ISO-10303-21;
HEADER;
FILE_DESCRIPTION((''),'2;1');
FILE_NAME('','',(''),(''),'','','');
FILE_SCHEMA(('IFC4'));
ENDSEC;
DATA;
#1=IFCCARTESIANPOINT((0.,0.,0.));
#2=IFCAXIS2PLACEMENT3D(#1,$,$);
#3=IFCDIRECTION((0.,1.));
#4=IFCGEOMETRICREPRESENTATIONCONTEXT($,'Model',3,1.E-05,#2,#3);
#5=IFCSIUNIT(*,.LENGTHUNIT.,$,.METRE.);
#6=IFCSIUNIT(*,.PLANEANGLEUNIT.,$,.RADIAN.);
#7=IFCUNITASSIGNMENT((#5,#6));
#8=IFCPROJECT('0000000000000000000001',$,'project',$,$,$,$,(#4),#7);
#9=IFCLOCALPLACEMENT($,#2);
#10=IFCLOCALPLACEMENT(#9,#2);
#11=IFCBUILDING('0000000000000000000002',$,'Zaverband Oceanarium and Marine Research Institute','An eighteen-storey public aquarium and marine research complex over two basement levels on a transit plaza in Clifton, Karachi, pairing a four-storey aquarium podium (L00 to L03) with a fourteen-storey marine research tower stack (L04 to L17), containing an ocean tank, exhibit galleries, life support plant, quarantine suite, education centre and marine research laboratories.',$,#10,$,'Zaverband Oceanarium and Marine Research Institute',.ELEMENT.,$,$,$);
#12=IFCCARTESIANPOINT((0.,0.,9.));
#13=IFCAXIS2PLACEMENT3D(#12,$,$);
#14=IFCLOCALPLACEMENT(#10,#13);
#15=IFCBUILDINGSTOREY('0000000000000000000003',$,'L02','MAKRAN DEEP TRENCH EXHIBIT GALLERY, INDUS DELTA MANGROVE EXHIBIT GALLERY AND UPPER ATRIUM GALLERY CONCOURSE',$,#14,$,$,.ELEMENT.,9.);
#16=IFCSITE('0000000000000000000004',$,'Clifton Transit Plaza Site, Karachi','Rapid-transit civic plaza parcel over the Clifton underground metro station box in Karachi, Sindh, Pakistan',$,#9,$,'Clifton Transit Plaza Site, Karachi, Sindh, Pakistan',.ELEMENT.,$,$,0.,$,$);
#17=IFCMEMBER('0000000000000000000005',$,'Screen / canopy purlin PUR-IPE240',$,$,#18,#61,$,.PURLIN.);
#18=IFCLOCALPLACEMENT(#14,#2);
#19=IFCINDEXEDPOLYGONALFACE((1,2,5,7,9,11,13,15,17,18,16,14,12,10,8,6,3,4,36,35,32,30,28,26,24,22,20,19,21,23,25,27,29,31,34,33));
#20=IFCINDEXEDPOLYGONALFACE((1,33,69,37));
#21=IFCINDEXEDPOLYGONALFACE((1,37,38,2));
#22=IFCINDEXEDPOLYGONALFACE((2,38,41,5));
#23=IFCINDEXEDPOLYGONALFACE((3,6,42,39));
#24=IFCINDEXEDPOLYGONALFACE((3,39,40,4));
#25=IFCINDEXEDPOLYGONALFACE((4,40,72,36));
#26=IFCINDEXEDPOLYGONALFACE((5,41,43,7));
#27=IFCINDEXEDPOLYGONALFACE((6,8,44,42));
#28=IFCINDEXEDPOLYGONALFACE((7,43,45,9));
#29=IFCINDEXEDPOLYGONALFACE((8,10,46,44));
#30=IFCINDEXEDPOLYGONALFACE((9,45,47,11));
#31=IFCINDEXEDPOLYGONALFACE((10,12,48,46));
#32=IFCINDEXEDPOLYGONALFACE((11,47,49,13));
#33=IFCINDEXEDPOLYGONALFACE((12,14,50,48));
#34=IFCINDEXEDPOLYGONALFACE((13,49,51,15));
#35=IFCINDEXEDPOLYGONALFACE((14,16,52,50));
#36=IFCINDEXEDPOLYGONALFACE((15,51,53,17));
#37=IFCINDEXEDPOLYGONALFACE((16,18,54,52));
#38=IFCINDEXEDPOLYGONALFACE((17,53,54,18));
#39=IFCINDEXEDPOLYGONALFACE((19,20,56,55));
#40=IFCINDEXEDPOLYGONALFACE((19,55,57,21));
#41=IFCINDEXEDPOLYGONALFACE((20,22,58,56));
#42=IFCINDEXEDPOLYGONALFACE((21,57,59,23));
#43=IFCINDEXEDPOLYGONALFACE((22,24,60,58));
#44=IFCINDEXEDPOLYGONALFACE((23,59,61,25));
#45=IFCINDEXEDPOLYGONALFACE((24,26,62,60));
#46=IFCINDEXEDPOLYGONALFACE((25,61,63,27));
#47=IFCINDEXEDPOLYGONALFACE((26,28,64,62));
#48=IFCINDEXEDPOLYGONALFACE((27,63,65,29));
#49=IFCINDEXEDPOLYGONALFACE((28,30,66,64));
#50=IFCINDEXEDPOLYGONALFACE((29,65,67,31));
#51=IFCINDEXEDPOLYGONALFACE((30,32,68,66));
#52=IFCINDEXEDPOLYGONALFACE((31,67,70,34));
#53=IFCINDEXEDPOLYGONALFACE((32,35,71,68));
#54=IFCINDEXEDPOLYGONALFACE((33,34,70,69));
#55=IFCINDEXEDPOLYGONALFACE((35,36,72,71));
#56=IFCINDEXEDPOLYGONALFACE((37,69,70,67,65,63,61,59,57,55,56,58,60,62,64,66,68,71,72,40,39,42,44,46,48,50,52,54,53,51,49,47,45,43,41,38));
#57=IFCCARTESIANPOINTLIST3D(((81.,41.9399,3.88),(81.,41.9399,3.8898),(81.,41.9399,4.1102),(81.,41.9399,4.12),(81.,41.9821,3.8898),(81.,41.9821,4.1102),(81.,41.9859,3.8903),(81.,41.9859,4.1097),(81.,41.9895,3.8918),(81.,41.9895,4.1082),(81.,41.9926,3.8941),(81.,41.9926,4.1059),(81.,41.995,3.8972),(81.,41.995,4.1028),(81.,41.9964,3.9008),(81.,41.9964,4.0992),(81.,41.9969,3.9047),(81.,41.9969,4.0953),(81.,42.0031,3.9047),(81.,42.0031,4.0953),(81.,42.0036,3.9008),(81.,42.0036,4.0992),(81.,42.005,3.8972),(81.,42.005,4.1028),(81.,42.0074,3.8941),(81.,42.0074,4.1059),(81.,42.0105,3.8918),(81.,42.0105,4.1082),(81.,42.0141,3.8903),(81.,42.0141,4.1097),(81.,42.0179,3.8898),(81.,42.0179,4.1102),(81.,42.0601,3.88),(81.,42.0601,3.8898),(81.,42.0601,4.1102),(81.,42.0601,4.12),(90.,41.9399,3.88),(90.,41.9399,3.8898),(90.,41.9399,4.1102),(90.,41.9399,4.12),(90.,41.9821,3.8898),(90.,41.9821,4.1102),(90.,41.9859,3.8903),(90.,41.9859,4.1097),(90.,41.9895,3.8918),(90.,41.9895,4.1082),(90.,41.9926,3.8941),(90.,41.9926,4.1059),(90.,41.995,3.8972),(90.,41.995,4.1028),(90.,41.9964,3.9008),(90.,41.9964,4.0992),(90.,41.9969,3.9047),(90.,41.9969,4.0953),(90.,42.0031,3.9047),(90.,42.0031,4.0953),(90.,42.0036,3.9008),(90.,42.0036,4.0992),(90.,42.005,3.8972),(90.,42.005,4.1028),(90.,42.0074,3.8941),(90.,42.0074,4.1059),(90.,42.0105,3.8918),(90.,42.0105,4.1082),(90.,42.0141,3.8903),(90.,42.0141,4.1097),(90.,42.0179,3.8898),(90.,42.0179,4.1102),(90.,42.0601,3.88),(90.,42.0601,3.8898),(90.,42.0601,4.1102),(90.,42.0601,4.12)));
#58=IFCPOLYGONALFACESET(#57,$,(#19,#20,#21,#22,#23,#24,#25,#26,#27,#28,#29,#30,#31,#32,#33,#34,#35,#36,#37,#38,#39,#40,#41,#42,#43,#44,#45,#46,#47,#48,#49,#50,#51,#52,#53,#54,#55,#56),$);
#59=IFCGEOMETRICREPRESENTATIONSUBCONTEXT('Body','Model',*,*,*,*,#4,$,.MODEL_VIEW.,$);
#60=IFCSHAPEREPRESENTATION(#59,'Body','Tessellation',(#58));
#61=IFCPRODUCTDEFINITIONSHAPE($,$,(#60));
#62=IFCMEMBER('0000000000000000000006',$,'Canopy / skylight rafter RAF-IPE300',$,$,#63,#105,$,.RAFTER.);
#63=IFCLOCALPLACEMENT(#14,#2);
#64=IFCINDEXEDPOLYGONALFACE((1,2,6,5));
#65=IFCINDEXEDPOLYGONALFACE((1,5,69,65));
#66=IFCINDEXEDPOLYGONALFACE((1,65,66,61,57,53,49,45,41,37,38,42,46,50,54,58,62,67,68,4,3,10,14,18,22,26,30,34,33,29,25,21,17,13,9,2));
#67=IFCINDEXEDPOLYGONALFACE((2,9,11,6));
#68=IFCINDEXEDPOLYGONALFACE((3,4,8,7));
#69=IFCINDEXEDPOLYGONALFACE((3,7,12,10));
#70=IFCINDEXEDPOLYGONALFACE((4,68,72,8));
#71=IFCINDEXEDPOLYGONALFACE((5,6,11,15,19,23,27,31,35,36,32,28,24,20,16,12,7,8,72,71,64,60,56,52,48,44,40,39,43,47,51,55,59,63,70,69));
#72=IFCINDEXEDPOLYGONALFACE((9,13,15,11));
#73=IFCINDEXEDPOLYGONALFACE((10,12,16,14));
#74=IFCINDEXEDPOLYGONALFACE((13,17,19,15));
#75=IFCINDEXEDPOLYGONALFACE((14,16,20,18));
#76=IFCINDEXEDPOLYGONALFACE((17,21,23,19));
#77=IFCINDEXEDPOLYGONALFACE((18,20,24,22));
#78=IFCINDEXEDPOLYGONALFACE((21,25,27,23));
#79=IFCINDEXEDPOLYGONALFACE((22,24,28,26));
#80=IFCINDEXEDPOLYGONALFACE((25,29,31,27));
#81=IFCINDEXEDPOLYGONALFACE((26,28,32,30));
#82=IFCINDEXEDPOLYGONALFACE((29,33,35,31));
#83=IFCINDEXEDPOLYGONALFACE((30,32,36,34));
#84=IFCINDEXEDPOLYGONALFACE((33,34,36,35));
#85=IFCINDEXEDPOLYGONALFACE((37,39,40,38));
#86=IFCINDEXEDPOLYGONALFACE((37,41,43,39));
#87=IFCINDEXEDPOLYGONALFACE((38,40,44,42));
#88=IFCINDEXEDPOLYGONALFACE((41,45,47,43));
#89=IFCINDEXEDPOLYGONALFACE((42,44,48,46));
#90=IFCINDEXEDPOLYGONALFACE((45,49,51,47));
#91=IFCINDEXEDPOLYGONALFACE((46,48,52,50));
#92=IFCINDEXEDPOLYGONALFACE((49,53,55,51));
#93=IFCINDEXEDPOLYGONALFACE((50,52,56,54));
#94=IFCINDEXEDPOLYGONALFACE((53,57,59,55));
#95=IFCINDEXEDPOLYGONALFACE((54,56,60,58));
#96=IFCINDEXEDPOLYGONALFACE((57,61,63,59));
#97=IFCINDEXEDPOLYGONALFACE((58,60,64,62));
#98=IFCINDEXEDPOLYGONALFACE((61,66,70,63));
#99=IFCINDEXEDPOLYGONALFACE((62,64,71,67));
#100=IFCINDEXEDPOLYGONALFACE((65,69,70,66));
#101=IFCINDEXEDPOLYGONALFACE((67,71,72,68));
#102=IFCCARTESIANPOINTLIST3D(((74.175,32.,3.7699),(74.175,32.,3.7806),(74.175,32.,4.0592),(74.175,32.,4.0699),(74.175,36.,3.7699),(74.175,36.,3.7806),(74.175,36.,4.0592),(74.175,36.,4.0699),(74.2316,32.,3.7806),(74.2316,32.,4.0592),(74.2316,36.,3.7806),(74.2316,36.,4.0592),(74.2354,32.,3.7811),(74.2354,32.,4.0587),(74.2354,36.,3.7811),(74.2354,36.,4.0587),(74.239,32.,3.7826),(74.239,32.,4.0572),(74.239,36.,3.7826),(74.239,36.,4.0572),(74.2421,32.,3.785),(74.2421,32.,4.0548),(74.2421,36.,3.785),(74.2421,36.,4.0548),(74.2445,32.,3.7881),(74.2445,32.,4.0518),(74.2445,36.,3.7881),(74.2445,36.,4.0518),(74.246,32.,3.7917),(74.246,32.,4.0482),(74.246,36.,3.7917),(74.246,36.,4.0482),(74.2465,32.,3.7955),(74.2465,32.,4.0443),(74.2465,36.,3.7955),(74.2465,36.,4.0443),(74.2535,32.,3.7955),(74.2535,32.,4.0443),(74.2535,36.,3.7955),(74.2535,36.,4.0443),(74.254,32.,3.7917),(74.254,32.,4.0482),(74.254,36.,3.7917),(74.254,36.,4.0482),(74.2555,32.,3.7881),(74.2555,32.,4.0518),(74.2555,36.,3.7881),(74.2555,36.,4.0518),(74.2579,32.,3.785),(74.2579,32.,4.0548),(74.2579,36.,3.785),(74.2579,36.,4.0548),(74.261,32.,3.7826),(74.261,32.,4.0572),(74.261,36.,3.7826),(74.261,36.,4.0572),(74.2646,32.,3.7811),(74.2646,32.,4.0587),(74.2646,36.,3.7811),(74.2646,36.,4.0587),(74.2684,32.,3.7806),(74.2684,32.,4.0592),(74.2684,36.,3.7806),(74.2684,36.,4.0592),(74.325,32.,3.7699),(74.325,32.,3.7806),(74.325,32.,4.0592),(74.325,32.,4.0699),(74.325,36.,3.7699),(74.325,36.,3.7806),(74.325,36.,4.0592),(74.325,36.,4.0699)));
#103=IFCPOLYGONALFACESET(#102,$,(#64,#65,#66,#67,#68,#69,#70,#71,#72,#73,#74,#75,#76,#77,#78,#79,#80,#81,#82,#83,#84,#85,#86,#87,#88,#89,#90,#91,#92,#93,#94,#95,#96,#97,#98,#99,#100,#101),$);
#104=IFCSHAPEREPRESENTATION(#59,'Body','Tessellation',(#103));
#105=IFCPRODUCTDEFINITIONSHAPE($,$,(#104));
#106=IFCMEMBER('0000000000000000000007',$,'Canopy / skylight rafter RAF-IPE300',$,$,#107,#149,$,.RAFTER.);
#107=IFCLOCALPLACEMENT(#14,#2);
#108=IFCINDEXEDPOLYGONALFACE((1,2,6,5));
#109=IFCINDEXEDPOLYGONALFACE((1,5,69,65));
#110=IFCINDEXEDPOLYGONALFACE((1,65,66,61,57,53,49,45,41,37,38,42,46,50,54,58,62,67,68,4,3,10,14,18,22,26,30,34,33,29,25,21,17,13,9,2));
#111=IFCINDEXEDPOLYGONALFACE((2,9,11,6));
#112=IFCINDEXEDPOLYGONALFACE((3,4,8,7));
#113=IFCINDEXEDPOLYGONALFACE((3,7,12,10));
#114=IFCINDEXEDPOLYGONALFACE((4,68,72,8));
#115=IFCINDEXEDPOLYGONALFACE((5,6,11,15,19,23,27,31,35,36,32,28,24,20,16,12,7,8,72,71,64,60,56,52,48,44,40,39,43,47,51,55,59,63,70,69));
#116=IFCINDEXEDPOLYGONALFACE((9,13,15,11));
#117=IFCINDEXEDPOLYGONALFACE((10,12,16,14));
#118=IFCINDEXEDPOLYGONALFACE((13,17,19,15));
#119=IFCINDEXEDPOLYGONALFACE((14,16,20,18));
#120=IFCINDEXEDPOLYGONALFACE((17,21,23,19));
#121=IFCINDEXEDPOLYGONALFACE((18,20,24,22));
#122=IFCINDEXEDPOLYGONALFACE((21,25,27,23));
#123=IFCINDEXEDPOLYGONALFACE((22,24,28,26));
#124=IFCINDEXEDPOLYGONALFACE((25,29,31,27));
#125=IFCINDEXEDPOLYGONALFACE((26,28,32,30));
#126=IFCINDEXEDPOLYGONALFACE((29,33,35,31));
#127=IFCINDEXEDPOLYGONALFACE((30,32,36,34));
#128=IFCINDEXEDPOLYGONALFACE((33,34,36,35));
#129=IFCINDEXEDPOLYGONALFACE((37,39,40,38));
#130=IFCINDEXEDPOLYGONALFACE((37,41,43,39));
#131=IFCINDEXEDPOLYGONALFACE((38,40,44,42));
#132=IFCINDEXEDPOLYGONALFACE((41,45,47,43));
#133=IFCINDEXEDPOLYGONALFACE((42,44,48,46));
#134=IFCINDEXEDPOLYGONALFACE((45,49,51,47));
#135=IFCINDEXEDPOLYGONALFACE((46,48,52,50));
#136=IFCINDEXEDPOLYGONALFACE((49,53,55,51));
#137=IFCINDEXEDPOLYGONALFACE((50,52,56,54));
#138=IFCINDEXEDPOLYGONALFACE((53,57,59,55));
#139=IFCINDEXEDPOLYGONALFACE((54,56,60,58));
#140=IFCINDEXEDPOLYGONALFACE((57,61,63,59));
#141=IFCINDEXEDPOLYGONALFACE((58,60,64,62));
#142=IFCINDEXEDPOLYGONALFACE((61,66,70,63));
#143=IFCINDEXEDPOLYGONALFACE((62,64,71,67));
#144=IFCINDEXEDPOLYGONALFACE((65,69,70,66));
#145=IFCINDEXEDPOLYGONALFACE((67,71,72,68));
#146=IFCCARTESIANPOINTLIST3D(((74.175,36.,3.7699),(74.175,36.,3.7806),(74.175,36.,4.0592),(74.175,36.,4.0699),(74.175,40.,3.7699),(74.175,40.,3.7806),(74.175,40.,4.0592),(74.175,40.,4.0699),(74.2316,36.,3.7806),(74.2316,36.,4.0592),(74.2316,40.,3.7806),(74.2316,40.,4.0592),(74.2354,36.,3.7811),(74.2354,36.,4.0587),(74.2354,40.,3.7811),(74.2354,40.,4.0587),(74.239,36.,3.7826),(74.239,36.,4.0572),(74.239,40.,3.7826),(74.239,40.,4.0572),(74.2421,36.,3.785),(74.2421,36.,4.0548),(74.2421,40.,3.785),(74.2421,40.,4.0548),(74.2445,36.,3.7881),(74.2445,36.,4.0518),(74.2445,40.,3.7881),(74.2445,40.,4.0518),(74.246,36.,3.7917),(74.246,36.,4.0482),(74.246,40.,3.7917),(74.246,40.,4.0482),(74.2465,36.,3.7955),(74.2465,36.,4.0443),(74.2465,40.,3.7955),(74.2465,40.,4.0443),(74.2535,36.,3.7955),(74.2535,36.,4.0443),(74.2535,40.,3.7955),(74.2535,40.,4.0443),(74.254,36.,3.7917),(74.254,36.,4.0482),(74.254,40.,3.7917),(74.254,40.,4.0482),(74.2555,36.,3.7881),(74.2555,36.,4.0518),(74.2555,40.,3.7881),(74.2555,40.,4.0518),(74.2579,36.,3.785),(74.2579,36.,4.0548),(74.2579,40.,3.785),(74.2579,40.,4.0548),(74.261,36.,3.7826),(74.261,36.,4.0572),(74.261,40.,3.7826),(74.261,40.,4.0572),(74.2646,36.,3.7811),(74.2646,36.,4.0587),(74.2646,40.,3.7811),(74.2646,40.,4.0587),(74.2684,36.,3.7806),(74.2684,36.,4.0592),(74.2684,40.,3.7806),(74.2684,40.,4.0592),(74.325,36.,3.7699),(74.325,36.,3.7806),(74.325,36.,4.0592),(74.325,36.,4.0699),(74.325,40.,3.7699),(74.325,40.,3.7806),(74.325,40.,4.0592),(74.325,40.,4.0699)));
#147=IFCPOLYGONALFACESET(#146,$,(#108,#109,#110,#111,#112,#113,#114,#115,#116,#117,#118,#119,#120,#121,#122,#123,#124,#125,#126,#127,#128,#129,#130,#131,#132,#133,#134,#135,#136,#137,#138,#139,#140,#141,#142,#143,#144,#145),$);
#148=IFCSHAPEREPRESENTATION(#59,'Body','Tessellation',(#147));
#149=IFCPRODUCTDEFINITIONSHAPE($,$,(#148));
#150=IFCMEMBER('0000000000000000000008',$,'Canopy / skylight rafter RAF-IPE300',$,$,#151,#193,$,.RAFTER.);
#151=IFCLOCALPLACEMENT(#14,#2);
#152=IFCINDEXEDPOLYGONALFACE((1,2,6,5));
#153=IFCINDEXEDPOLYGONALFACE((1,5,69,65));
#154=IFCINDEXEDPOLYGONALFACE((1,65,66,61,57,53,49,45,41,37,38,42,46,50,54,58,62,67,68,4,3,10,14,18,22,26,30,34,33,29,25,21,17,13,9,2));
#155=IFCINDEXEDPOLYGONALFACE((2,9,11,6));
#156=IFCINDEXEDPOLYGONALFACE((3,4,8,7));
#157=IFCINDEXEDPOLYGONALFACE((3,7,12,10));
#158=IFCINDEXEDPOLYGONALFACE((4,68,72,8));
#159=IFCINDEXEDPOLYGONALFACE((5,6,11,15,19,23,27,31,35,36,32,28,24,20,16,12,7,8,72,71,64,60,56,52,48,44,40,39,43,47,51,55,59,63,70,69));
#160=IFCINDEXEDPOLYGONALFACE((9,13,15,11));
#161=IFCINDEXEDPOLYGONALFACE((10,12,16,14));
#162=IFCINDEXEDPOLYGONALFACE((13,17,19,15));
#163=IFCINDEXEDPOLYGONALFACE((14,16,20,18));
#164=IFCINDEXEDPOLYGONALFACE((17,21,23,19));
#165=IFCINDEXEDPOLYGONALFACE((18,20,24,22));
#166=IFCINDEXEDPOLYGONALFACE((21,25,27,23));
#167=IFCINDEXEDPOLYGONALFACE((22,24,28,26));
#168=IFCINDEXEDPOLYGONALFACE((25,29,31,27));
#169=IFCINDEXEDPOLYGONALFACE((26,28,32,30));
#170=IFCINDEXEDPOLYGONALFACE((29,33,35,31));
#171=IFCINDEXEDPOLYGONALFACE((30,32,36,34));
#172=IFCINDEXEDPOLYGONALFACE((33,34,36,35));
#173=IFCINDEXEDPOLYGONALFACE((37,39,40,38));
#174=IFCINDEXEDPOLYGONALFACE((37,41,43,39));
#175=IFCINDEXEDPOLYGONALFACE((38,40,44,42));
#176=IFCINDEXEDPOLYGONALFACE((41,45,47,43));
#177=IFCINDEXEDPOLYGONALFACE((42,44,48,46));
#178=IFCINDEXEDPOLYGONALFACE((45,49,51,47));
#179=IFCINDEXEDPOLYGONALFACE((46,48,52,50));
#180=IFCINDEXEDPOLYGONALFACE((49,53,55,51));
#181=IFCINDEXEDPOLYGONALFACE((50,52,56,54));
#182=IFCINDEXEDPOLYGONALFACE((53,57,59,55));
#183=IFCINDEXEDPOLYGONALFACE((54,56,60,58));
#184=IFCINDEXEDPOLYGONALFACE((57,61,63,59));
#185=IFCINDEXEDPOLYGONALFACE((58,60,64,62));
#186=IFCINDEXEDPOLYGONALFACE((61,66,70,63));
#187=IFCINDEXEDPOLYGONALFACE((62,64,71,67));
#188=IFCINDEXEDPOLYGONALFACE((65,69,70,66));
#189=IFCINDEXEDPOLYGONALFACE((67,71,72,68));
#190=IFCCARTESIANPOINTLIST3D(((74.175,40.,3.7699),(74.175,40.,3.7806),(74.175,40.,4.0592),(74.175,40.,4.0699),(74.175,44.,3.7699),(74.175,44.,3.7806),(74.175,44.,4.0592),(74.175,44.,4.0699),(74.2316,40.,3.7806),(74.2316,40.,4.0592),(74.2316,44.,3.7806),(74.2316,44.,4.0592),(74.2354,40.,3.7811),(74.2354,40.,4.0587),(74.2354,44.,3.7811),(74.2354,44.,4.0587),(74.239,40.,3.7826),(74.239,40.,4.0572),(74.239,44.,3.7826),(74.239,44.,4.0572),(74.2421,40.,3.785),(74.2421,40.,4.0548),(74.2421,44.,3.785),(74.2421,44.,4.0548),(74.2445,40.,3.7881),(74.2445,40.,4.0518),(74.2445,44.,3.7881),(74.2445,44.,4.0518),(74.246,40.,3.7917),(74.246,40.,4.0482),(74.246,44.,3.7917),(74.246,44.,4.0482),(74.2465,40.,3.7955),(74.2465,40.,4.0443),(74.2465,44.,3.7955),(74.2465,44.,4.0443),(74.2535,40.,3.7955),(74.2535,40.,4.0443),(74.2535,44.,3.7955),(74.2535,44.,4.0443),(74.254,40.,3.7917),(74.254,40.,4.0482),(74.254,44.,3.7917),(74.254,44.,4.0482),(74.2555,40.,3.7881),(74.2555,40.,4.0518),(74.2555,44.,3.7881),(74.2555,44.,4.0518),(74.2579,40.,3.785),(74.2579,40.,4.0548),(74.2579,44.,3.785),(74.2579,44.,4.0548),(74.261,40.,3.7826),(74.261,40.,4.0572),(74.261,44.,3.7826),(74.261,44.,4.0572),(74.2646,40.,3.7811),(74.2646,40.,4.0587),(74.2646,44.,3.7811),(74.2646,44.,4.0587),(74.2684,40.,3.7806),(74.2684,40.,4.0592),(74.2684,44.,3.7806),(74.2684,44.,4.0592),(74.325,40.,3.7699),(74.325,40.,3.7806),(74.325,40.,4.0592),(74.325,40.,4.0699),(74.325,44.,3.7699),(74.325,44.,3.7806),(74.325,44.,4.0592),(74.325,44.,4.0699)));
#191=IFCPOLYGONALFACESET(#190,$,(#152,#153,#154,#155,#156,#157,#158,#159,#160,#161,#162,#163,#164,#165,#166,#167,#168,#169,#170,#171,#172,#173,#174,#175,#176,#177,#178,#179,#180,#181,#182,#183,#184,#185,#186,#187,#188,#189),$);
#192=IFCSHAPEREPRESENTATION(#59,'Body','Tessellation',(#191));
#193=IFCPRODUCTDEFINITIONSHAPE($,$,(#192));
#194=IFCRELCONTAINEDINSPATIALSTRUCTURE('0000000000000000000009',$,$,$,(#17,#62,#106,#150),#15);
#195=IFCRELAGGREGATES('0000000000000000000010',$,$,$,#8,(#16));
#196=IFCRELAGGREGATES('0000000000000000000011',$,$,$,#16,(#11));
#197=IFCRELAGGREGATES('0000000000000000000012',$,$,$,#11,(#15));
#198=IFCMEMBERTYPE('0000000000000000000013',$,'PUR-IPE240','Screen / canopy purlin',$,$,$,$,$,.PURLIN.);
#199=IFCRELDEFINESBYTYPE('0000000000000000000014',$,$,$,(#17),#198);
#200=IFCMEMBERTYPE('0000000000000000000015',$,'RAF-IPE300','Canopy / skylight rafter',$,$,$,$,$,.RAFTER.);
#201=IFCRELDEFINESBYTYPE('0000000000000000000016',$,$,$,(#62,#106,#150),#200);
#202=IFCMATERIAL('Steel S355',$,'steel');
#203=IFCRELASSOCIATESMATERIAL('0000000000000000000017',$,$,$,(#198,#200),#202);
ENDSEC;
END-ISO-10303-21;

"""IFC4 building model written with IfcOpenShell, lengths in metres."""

from ifc_helpers import new_model, si_unit, direction, frame, origin, origin_2d, place, context, subcontext, project, spatial, i_section, extrude, material, material_profile, profile_set, type_object, element, save


model = new_model("IFC4")

# Units and contexts
model_context = context("Model", 3, precision=1e-05, world=origin(), true_north=direction((0.0, 1.0)))
body_context = subcontext(model_context, "Body", "Model", "MODEL_VIEW")
ifc_project = project(units=[si_unit("LENGTHUNIT", "METRE"), si_unit("PLANEANGLEUNIT", "RADIAN")], contexts=[model_context])

# Site, building, storey
site_placement = place(None, origin())
site = spatial("IfcSite", under=ifc_project, at=site_placement, Name="Clifton Transit Plaza Site, Karachi", Description="Rapid-transit civic plaza parcel over the Clifton underground metro station box in Karachi, Sindh, Pakistan", LongName="Clifton Transit Plaza Site, Karachi, Sindh, Pakistan", CompositionType="ELEMENT", RefElevation=0.0)
building_placement = place(site_placement, origin())
building = spatial("IfcBuilding", under=site, at=building_placement, Name="Zaverband Oceanarium and Marine Research Institute", Description="An eighteen-storey public aquarium and marine research complex over two basement levels on a transit plaza in Clifton, Karachi, pairing a four-storey aquarium podium (L00 to L03) with a fourteen-storey marine research tower stack (L04 to L17), containing an ocean tank, exhibit galleries, life support plant, quarantine suite, education centre and marine research laboratories.", LongName="Zaverband Oceanarium and Marine Research Institute", CompositionType="ELEMENT")
storey_placement = place(building_placement, frame((0.0, 0.0, 9.0)))
storey = spatial("IfcBuildingStorey", under=building, at=storey_placement, Name="L02", Description="MAKRAN DEEP TRENCH EXHIBIT GALLERY, INDUS DELTA MANGROVE EXHIBIT GALLERY AND UPPER ATRIUM GALLERY CONCOURSE", CompositionType="ELEMENT", Elevation=9.0)

# Members
ifc_material_1 = material(Name="Steel S355", Category="steel")
ifc_material_profile_1 = material_profile(ifc_material_1, i_section(OverallWidth=0.1201, OverallDepth=0.24, WebThickness=0.0061, FlangeThickness=0.0098, FilletRadius=0.0149, at=origin_2d()), Name="IPE240")
ifc_profile_set_1 = profile_set([ifc_material_profile_1], Name="Steel S355")
member_type_1 = type_object("IfcMemberType", Name="PUR-IPE240", Description="Screen / canopy purlin", PredefinedType="PURLIN", material=ifc_profile_set_1)
for number, where, z_axis, x_axis, name in (
    (1, (81.0, 42.0, 4.0), (1.0, 0.0, 0.0), (0.0, 1.0, 0.0), "Screen / canopy purlin PUR-IPE240"),
):
    element("IfcMember", number, at=place(storey_placement, frame(where, z_axis=z_axis, x_axis=x_axis)), inside=storey, type_object=member_type_1, Name=name, PredefinedType="PURLIN", context=body_context, shape_type="SweptSolid", body=[
        extrude(i_section(OverallWidth=0.1201, OverallDepth=0.24, WebThickness=0.0061, FlangeThickness=0.0098, FilletRadius=0.0149, at=origin_2d()), origin(), (0.0, 0.0, 1.0), 9.0),
    ])
ifc_material_profile_2 = material_profile(ifc_material_1, i_section(OverallWidth=0.1499, OverallDepth=0.3, WebThickness=0.0071, FlangeThickness=0.0107, FilletRadius=0.0149, at=origin_2d()), Name="IPE300")
ifc_profile_set_2 = profile_set([ifc_material_profile_2], Name="Steel S355")
member_type_2 = type_object("IfcMemberType", Name="RAF-IPE300", Description="Canopy / skylight rafter", PredefinedType="RAFTER", material=ifc_profile_set_2)
for number, where, z_axis, x_axis, name in (
    (2, (74.25, 32.0, 3.9199), (0.0, 1.0, 0.0), (-1.0, 0.0, 0.0), "Canopy / skylight rafter RAF-IPE300"),
    (3, (74.25, 36.0, 3.9199), (0.0, 1.0, 0.0), (-1.0, 0.0, 0.0), "Canopy / skylight rafter RAF-IPE300"),
    (4, (74.25, 40.0, 3.9199), (0.0, 1.0, 0.0), (-1.0, 0.0, 0.0), "Canopy / skylight rafter RAF-IPE300"),
):
    element("IfcMember", number, at=place(storey_placement, frame(where, z_axis=z_axis, x_axis=x_axis)), inside=storey, type_object=member_type_2, Name=name, PredefinedType="RAFTER", context=body_context, shape_type="SweptSolid", body=[
        extrude(i_section(OverallWidth=0.1499, OverallDepth=0.3, WebThickness=0.0071, FlangeThickness=0.0107, FilletRadius=0.0149, at=origin_2d()), origin(), (0.0, 0.0, 1.0), 4.0),
    ])

save(model, "model.ifc")
